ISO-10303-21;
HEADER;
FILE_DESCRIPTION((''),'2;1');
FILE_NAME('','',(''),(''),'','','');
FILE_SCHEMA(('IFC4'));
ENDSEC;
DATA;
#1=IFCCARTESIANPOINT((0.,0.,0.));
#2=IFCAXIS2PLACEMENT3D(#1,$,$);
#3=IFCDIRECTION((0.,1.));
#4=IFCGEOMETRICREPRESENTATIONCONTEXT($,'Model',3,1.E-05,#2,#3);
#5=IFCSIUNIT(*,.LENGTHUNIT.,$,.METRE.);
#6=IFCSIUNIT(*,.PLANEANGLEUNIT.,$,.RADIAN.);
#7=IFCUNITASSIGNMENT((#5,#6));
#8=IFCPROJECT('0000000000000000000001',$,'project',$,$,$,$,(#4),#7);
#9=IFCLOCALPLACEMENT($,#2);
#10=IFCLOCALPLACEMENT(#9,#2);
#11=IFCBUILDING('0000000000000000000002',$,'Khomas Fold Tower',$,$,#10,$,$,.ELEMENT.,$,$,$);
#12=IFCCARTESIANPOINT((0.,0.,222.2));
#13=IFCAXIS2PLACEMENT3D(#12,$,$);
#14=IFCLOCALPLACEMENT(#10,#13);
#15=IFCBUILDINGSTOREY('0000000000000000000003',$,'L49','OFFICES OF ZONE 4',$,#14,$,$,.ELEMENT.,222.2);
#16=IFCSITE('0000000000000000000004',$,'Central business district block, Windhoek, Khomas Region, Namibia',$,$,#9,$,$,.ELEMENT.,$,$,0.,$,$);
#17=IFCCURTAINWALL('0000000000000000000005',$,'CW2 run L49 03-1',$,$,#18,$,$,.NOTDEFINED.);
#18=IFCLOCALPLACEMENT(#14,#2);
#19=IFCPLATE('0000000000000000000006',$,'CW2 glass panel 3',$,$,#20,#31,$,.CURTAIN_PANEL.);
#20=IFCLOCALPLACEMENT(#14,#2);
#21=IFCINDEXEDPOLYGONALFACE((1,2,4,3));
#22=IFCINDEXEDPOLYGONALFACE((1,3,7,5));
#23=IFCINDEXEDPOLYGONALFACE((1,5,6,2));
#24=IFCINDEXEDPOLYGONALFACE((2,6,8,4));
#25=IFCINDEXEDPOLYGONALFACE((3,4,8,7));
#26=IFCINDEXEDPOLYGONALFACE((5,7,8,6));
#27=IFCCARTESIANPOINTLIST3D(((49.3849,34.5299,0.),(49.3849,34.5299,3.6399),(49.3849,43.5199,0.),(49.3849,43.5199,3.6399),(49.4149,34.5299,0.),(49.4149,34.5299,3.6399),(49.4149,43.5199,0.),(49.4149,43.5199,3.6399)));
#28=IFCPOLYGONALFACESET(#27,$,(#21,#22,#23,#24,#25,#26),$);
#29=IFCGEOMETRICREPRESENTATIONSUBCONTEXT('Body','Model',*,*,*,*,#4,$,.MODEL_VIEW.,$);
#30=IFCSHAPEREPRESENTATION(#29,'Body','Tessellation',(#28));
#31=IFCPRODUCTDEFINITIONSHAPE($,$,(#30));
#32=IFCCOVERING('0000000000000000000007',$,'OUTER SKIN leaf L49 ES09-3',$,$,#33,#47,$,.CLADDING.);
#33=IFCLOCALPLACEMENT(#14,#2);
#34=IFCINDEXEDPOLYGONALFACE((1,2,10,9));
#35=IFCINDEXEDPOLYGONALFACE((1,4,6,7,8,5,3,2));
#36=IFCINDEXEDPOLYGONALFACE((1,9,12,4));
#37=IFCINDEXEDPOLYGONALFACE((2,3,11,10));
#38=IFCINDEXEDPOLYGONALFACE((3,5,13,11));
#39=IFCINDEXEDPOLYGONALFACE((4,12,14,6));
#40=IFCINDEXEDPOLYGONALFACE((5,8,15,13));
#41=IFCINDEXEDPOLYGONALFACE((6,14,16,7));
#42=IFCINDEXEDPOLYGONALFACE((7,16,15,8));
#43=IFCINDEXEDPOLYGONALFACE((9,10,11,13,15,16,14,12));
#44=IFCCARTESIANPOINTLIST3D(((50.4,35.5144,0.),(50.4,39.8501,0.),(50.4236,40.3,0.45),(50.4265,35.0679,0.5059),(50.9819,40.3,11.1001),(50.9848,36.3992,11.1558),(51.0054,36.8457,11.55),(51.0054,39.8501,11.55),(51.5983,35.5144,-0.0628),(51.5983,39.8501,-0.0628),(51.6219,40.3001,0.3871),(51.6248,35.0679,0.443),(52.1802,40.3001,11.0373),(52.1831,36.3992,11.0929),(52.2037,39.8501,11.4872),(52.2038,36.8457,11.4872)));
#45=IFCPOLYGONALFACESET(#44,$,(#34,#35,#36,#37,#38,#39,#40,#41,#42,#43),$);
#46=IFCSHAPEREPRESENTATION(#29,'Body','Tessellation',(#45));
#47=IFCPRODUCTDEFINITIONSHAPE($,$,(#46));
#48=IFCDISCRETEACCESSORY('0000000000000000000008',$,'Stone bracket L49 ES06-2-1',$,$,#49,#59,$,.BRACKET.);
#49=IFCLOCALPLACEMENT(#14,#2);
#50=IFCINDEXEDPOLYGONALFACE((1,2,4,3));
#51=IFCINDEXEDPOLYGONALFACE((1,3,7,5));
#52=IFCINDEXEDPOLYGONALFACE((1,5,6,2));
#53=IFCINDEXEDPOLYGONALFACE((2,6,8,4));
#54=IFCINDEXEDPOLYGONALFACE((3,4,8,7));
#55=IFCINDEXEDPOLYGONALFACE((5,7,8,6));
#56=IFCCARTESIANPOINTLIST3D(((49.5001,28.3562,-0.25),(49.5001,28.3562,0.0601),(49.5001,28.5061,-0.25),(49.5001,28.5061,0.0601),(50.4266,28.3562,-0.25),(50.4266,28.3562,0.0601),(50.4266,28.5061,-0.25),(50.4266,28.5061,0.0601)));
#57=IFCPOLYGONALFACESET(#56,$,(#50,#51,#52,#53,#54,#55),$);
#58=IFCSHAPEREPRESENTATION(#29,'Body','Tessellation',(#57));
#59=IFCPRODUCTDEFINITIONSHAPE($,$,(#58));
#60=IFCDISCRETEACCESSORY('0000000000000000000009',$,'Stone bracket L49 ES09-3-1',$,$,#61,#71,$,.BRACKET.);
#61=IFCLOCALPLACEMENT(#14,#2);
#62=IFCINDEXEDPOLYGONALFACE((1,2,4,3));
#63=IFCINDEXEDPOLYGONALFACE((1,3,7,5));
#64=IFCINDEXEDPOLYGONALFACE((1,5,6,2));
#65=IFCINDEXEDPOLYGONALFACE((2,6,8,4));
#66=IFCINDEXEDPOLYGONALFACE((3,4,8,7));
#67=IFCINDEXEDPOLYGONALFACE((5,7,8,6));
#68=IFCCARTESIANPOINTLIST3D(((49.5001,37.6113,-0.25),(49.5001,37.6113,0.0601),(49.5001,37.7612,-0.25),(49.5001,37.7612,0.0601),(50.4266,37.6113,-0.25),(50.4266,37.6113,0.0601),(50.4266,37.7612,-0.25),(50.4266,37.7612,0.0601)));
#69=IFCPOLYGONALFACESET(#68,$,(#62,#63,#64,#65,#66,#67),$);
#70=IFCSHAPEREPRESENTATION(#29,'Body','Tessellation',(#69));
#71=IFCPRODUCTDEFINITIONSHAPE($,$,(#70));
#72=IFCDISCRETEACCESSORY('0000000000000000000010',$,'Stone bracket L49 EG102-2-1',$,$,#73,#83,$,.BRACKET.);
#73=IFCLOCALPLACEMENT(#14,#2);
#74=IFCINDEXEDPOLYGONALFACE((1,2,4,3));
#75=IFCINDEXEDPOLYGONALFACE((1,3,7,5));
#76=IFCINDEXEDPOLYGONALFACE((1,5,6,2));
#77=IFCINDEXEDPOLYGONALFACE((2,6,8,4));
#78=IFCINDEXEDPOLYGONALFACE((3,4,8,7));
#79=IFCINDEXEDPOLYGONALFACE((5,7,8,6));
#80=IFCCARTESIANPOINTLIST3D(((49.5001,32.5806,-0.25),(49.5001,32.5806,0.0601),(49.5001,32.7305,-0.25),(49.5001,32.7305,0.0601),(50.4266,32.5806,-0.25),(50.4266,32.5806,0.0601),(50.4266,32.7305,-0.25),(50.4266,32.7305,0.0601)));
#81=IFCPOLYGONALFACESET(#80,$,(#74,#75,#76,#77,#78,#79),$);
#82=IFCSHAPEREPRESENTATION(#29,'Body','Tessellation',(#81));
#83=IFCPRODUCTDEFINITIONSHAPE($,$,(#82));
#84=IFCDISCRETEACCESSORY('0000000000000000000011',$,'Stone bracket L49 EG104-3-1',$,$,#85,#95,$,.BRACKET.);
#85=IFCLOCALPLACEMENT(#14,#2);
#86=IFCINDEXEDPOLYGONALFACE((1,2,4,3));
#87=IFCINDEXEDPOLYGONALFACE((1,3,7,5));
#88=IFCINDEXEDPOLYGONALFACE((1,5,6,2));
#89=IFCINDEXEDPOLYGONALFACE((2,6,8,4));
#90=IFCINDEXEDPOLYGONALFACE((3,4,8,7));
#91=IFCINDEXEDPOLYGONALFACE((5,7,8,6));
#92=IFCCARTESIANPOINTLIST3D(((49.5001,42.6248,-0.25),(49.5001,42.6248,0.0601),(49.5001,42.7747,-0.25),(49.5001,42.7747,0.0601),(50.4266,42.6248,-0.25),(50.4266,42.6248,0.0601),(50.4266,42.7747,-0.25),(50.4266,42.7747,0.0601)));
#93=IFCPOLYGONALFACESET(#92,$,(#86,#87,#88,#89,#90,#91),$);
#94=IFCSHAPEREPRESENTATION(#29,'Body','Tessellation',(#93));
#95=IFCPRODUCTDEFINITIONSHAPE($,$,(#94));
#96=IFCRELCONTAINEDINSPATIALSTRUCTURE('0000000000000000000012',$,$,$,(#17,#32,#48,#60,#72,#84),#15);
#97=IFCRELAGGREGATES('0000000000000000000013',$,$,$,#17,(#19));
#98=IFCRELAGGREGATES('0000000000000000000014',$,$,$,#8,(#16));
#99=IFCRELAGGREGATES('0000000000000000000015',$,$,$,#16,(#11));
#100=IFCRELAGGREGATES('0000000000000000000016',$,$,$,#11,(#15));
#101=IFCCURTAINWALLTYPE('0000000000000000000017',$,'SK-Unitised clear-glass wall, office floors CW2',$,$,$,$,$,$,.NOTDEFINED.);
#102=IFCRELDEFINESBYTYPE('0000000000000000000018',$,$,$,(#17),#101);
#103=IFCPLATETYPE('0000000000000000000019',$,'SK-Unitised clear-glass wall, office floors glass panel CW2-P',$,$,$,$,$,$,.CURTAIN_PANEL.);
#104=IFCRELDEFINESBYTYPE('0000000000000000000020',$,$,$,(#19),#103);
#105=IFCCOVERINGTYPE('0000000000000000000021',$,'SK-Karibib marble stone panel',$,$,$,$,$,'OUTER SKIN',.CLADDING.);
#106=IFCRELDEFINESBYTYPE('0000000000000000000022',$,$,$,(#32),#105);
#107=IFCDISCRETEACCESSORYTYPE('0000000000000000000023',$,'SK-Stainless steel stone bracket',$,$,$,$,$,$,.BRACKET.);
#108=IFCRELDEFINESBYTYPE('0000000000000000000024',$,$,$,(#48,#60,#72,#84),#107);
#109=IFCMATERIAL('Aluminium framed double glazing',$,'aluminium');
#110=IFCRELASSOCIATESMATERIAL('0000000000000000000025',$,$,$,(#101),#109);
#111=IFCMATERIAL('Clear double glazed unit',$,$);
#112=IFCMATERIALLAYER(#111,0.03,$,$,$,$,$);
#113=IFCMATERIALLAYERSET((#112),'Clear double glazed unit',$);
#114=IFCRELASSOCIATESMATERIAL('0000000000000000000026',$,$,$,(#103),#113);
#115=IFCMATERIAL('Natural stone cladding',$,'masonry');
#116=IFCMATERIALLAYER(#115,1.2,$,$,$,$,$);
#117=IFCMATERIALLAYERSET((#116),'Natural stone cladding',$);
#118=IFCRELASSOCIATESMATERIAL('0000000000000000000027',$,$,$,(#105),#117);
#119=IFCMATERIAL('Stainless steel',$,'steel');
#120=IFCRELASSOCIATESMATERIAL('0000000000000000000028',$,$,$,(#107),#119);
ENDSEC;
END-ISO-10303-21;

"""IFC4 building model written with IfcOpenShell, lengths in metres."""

from ifc_helpers import new_model, si_unit, direction, frame, origin, origin_2d, place, context, subcontext, project, spatial, polyline, rectangle, outline, extrude, source, transform, mapped, material, layer, layer_set, type_object, element, aggregate, save


model = new_model("IFC4")

# Units and contexts
model_context = context("Model", 3, precision=1e-05, world=origin(), true_north=direction((0.0, 1.0)))
body_context = subcontext(model_context, "Body", "Model", "MODEL_VIEW")
ifc_project = project(units=[si_unit("LENGTHUNIT", "METRE"), si_unit("PLANEANGLEUNIT", "RADIAN")], contexts=[model_context])

# Site, building, storey
site_placement = place(None, origin())
site = spatial("IfcSite", under=ifc_project, at=site_placement, Name="Central business district block, Windhoek, Khomas Region, Namibia", CompositionType="ELEMENT", RefElevation=0.0)
building_placement = place(site_placement, origin())
building = spatial("IfcBuilding", under=site, at=building_placement, Name="Khomas Fold Tower", CompositionType="ELEMENT")
storey_placement = place(building_placement, frame((0.0, 0.0, 222.2)))
storey = spatial("IfcBuildingStorey", under=building, at=storey_placement, Name="L49", Description="OFFICES OF ZONE 4", CompositionType="ELEMENT", Elevation=222.2)

# Curtain wall
ifc_material_1 = material(Name="Aluminium framed double glazing", Category="aluminium")
curtain_wall_type = type_object("IfcCurtainWallType", Name="SK-Unitised clear-glass wall, office floors CW2", PredefinedType="NOTDEFINED", material=ifc_material_1)
curtain_wall_placement = place(storey_placement, origin())
curtain_wall = element("IfcCurtainWall", 1, at=curtain_wall_placement, inside=storey, type_object=curtain_wall_type, Name="CW2 run L49 03-1", PredefinedType="NOTDEFINED")

# Plate
ifc_material_2 = material(Name="Clear double glazed unit")
ifc_layer_1 = layer(ifc_material_2, 0.03)
ifc_layer_set_1 = layer_set([ifc_layer_1], Name="Clear double glazed unit")
plate_type_1 = type_object("IfcPlateType", Name="SK-Unitised clear-glass wall, office floors glass panel CW2-P", PredefinedType="CURTAIN_PANEL", material=ifc_layer_set_1)
shared_shape_1 = source(origin(), body_context, "Body", "SweptSolid", [
    extrude(rectangle(XDim=8.99, YDim=0.03, at=origin_2d()), origin(), (0.0, 0.0, 1.0), 3.6399),
])
plate_1_placement = place(storey_placement, frame((49.3999, 39.0249, 0.0), z_axis=(0.0, 0.0, 1.0), x_axis=(0.0, 1.0, 0.0)))
plate_1 = element("IfcPlate", 2, at=plate_1_placement, type_object=plate_type_1, Name="CW2 glass panel 3", PredefinedType="CURTAIN_PANEL", context=body_context, shape_type="MappedRepresentation", body=[
    mapped(shared_shape_1, transform((0.0, 0.0, 0.0))),
])
aggregate(curtain_wall, [plate_1])

# Covering
ifc_material_3 = material(Name="Natural stone cladding", Category="masonry")
ifc_layer_2 = layer(ifc_material_3, 1.2)
ifc_layer_set_2 = layer_set([ifc_layer_2], Name="Natural stone cladding")
covering_type = type_object("IfcCoveringType", Name="SK-Karibib marble stone panel", ElementType="OUTER SKIN", PredefinedType="CLADDING", material=ifc_layer_set_2)
covering_placement = place(storey_placement, frame((50.4265, 35.0679, 0.5059), z_axis=(-0.998629, -0.000001, 0.052348), x_axis=(0.051945, 0.123873, 0.990938)))
element("IfcCovering", 3, at=covering_placement, inside=storey, type_object=covering_type, Name="OUTER SKIN leaf L49 ES09-3", PredefinedType="CLADDING", context=body_context, shape_type="SweptSolid", body=[
    extrude(outline(polyline([(0.0, 0.0), (10.7473, 0.0), (11.1944, 0.3942), (11.5666, 3.3754), (11.1752, 3.8777), (0.5926, 5.1988), (0.0897, 4.8081), (-0.4473, 0.5058), (0.0, 0.0)])), origin(), (0.0, 0.0, -1.0), 1.2),
])

# Discrete accessories
ifc_material_4 = material(Name="Stainless steel", Category="steel")
discrete_accessory_type = type_object("IfcDiscreteAccessoryType", Name="SK-Stainless steel stone bracket", PredefinedType="BRACKET", material=ifc_material_4)
shared_shape_2 = source(origin(), body_context, "Body", "SweptSolid", [
    extrude(rectangle(XDim=0.9265, YDim=0.1499, at=origin_2d()), origin(), (0.0, 0.0, 1.0), 0.3101),
])
for number, where, z_axis, x_axis, name in (
    (4, (49.9634, 28.4312, -0.25), (0.0, 0.0, 1.0), (1.0, 0.0, 0.0), "Stone bracket L49 ES06-2-1"),
    (5, (49.9634, 37.6863, -0.25), (0.0, 0.0, 1.0), (1.0, 0.0, 0.0), "Stone bracket L49 ES09-3-1"),
    (6, (49.9634, 32.6555, -0.25), (0.0, 0.0, 1.0), (1.0, 0.0, 0.0), "Stone bracket L49 EG102-2-1"),
    (7, (49.9634, 42.6997, -0.25), (0.0, 0.0, 1.0), (1.0, 0.0, 0.0), "Stone bracket L49 EG104-3-1"),
):
    element("IfcDiscreteAccessory", number, at=place(storey_placement, frame(where, z_axis=z_axis, x_axis=x_axis)), inside=storey, type_object=discrete_accessory_type, Name=name, PredefinedType="BRACKET", context=body_context, shape_type="MappedRepresentation", body=[
        mapped(shared_shape_2, transform((0.0, 0.0, 0.0))),
    ])

save(model, "model.ifc")
